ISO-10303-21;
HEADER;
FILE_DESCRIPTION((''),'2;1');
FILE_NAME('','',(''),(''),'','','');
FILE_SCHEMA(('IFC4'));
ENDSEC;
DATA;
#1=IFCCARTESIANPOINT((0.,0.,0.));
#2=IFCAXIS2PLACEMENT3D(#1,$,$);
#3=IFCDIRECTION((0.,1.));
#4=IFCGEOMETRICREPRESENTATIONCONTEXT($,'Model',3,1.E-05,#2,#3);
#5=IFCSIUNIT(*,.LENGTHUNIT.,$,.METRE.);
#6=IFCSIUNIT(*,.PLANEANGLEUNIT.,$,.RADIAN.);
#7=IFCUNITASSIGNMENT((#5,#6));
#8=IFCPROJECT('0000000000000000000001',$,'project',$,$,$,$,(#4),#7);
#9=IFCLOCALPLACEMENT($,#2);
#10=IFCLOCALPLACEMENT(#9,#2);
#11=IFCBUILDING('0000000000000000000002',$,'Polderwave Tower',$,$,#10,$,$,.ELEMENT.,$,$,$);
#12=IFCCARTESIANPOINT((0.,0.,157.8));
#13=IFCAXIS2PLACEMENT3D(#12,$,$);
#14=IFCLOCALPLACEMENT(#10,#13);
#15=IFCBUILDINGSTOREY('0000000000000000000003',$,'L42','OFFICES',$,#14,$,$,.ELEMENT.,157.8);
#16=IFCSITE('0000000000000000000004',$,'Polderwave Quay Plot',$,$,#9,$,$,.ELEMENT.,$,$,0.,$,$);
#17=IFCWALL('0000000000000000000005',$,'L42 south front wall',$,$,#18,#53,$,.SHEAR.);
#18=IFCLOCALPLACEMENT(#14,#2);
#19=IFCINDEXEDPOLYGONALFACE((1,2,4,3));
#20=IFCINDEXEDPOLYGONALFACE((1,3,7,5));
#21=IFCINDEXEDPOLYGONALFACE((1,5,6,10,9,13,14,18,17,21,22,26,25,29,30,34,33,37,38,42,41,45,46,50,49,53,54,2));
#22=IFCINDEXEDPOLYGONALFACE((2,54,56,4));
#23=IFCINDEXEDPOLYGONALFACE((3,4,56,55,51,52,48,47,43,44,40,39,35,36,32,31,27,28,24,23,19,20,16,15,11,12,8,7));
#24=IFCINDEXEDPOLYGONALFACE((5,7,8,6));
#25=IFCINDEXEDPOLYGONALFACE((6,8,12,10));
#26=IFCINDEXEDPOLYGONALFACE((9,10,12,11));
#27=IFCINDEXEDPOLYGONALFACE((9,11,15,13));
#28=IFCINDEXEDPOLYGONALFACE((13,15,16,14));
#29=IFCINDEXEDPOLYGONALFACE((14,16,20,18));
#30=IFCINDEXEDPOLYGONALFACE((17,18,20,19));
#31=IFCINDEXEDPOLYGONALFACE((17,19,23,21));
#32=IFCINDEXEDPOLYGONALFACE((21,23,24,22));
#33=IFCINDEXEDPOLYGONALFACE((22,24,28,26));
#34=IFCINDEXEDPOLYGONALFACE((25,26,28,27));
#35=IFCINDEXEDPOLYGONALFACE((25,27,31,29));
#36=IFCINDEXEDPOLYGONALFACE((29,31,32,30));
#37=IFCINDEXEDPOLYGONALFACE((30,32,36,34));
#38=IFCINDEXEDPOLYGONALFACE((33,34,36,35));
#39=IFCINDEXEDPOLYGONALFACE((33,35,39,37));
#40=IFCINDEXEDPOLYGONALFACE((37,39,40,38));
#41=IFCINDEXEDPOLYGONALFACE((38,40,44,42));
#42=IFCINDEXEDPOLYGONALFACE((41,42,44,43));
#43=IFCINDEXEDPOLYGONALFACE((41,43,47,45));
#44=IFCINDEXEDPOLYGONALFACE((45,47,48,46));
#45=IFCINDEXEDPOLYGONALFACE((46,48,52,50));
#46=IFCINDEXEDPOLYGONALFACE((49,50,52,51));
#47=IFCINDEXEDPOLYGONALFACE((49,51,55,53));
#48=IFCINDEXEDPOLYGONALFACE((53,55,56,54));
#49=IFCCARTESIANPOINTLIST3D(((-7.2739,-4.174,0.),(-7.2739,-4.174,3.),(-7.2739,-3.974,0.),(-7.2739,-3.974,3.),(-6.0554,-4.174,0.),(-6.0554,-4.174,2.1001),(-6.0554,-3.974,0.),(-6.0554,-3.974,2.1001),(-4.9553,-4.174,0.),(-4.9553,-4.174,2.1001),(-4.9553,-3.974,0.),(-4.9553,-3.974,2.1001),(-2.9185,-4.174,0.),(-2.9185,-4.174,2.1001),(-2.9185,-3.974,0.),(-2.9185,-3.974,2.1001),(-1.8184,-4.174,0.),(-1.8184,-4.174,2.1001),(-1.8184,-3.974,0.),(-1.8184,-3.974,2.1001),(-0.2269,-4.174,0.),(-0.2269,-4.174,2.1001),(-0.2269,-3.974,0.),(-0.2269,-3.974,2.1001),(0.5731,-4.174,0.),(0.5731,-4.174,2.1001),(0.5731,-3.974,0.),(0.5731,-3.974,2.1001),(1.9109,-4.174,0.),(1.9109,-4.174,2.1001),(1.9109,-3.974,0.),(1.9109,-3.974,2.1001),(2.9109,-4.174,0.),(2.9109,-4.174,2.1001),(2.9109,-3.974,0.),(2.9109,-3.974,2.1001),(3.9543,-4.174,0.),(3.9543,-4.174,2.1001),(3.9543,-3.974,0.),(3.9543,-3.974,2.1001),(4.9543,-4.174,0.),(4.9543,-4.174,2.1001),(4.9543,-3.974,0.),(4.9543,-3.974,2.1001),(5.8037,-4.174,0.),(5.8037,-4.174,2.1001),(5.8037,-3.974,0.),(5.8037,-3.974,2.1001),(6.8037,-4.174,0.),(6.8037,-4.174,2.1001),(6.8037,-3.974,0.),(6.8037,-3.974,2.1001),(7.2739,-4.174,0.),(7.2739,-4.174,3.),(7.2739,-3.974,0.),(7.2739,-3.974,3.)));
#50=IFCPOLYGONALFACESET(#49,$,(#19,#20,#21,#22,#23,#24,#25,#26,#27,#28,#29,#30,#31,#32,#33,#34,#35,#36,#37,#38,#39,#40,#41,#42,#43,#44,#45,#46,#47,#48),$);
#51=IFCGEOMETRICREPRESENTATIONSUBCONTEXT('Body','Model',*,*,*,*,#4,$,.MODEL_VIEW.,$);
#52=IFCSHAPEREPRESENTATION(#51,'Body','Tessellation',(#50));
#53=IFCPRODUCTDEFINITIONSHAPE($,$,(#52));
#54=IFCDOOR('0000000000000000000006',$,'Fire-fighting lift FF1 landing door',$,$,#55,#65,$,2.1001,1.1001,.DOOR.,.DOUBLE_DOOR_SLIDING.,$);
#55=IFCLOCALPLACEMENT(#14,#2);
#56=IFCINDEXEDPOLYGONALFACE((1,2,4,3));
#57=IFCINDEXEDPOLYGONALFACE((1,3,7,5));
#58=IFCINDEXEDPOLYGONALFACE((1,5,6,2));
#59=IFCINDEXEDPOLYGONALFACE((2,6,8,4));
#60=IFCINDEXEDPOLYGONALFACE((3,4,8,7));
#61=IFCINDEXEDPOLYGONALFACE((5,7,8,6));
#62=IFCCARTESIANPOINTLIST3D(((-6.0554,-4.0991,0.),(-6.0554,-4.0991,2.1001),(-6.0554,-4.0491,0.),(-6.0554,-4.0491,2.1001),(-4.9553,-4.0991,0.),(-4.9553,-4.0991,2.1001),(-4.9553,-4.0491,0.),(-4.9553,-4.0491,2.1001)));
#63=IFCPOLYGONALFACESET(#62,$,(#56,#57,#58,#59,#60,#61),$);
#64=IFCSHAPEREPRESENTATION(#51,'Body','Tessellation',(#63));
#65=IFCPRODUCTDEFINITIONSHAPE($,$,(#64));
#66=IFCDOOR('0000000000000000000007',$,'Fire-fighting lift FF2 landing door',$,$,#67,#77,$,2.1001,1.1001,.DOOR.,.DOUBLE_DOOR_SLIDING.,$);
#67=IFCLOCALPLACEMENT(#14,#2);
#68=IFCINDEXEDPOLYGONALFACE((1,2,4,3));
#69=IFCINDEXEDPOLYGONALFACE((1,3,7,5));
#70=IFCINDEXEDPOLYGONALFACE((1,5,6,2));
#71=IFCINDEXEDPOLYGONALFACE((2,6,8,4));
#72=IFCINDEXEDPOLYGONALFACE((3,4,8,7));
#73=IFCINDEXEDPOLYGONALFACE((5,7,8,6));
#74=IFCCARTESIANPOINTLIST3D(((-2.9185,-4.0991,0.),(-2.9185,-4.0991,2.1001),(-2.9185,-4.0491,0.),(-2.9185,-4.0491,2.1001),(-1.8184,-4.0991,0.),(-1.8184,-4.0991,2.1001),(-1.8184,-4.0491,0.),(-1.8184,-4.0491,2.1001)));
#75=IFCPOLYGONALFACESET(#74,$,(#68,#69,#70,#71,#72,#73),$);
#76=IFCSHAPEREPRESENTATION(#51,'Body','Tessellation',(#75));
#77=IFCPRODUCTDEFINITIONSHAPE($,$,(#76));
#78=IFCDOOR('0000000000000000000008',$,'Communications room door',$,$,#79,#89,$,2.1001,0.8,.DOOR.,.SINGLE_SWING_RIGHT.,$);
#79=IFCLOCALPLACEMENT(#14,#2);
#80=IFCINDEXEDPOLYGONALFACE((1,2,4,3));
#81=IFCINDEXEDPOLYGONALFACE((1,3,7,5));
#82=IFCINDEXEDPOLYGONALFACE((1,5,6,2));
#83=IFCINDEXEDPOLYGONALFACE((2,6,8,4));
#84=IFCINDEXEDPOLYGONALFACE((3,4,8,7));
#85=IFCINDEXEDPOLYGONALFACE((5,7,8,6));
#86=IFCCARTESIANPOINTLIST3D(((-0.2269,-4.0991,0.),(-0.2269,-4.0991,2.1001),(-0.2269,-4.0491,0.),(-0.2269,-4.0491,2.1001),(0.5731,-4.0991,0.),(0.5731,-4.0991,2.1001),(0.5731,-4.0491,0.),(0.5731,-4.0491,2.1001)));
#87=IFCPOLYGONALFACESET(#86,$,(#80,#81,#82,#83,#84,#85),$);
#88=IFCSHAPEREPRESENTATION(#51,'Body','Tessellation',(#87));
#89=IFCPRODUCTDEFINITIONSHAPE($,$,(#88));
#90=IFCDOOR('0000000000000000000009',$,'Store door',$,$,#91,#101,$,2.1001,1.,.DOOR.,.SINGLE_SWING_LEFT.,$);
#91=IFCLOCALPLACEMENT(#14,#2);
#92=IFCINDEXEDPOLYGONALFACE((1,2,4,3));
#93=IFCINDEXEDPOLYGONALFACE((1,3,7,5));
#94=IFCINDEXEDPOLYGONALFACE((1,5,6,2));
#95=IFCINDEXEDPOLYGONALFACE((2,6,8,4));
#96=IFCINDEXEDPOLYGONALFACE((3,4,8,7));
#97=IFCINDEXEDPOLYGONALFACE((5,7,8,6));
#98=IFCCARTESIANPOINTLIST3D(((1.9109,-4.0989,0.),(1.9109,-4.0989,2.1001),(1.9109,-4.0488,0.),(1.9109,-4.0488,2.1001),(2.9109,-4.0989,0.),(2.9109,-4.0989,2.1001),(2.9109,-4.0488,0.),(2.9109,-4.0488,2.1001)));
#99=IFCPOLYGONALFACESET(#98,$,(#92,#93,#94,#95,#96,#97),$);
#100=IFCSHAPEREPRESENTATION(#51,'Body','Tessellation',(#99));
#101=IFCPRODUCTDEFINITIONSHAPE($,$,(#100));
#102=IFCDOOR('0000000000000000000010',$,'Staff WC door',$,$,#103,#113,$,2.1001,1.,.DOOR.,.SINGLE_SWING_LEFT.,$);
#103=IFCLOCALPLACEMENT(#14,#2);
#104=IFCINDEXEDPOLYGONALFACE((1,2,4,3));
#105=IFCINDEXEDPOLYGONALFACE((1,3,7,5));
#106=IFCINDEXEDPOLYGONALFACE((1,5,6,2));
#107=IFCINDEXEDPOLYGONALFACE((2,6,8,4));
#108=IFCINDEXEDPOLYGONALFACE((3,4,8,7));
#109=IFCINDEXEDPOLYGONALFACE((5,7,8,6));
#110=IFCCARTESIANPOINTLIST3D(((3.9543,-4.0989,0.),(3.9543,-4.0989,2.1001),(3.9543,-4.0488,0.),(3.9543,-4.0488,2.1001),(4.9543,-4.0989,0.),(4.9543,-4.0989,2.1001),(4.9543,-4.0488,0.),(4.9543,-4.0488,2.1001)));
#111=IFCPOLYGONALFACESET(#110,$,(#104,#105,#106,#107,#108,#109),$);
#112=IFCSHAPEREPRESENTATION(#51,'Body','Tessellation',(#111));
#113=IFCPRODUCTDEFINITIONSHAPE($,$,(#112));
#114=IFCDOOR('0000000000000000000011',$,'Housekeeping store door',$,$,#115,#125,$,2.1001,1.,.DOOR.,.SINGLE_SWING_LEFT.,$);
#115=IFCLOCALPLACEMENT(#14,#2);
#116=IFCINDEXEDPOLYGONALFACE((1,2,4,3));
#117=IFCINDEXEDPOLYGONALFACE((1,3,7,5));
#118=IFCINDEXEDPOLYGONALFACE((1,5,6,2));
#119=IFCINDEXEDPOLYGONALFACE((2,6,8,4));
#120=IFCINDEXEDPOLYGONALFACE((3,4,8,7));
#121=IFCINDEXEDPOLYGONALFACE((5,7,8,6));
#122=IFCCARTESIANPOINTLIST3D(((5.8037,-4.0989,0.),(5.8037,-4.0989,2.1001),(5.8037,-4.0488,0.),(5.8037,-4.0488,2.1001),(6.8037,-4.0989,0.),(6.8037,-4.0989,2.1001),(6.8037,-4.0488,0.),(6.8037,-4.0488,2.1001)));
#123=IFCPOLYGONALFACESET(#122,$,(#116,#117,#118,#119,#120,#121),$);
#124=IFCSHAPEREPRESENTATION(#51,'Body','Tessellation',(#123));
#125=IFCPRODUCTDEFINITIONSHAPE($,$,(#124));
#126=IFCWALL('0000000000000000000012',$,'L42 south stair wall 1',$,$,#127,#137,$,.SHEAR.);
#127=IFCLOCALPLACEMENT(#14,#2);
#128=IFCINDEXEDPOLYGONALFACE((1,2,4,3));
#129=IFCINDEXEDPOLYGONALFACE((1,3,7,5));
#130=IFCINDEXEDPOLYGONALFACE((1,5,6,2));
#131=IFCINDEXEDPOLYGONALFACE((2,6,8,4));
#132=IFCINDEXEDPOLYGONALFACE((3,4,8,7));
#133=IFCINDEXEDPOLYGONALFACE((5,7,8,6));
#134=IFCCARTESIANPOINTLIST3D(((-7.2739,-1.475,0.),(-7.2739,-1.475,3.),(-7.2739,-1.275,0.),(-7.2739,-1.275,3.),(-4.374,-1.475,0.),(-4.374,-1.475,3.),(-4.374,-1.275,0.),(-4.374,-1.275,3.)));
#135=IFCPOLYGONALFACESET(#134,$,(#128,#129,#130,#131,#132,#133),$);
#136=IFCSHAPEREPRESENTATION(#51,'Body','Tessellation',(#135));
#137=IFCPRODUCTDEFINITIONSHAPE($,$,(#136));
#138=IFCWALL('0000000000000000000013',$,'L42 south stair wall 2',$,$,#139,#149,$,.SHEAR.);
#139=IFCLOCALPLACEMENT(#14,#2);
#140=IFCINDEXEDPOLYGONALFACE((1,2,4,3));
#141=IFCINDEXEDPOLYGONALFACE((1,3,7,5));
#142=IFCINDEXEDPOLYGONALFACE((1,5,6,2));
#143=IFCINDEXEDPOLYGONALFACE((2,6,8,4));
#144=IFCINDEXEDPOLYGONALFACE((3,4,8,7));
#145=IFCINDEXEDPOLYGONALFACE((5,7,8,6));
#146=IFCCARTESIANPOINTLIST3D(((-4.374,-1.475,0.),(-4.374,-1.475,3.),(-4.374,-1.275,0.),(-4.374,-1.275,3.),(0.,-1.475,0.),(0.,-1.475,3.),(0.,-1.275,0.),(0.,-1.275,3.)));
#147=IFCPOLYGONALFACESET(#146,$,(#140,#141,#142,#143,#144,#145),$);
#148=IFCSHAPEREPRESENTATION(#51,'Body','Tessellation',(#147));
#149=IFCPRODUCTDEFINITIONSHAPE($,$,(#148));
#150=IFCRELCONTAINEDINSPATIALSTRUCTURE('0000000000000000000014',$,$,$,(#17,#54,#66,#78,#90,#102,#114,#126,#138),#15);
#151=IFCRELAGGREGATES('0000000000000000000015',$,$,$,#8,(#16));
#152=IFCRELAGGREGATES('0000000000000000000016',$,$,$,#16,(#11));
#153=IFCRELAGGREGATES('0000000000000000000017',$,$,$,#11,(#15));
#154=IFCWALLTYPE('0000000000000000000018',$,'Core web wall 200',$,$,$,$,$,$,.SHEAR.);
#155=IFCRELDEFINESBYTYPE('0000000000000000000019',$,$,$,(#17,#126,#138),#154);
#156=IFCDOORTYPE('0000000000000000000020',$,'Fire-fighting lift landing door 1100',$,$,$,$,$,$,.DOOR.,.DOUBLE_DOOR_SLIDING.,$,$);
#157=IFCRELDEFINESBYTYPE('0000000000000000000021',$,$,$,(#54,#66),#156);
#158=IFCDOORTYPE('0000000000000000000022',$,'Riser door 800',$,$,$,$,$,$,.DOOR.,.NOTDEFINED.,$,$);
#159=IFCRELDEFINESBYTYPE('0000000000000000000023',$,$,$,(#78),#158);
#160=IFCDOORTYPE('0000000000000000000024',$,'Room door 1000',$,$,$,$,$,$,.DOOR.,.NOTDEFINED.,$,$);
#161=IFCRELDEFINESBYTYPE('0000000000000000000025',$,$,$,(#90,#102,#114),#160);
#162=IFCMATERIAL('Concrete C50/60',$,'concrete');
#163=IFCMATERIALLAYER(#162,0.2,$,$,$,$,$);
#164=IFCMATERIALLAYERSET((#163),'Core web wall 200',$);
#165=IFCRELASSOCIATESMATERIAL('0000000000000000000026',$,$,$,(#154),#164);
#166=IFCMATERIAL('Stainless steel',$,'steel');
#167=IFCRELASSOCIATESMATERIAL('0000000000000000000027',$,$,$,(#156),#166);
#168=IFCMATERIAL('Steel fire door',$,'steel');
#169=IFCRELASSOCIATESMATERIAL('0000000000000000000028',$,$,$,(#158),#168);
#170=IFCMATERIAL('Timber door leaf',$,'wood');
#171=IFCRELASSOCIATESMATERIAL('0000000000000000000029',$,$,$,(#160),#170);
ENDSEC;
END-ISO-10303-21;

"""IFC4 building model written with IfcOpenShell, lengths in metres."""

from ifc_helpers import new_model, si_unit, direction, frame, frame_2d, origin, place, context, subcontext, project, spatial, rectangle, extrude, material, layer, layer_set, type_object, element, fill, save


model = new_model("IFC4")

# Units and contexts
model_context = context("Model", 3, precision=1e-05, world=origin(), true_north=direction((0.0, 1.0)))
body_context = subcontext(model_context, "Body", "Model", "MODEL_VIEW")
ifc_project = project(units=[si_unit("LENGTHUNIT", "METRE"), si_unit("PLANEANGLEUNIT", "RADIAN")], contexts=[model_context])

# Site, building, storey
site_placement = place(None, origin())
site = spatial("IfcSite", under=ifc_project, at=site_placement, Name="Polderwave Quay Plot", CompositionType="ELEMENT", RefElevation=0.0)
building_placement = place(site_placement, origin())
building = spatial("IfcBuilding", under=site, at=building_placement, Name="Polderwave Tower", CompositionType="ELEMENT")
storey_placement = place(building_placement, frame((0.0, 0.0, 157.8)))
storey = spatial("IfcBuildingStorey", under=building, at=storey_placement, Name="L42", Description="OFFICES", CompositionType="ELEMENT", Elevation=157.8)

# Wall, openings, doors
ifc_material_1 = material(Name="Steel fire door", Category="steel")
ifc_material_2 = material(Name="Concrete C50/60", Category="concrete")
ifc_layer_1 = layer(ifc_material_2, 0.2)
ifc_layer_set_1 = layer_set([ifc_layer_1], Name="Core web wall 200")
wall_type_1 = type_object("IfcWallType", Name="Core web wall 200", PredefinedType="SHEAR", material=ifc_layer_set_1)
wall_1_placement = place(storey_placement, frame((-7.2739, -4.074, 0.0), z_axis=(0.0, 0.0, 1.0), x_axis=(1.0, 0.0, 0.0)))
wall_1 = element("IfcWall", 1, at=wall_1_placement, inside=storey, type_object=wall_type_1, Name="L42 south front wall", PredefinedType="SHEAR", context=body_context, shape_type="SweptSolid", body=[
    extrude(rectangle(XDim=14.5479, YDim=0.2, at=frame_2d((7.2739, 0.0))), origin(), (0.0, 0.0, 1.0), 3.0),
])
opening_1_placement = place(wall_1_placement, frame((1.2185, 0.0, 0.0)))
opening_1 = element("IfcOpeningElement", 2, at=opening_1_placement, cuts=wall_1, PredefinedType="OPENING", context=body_context, shape_type="SweptSolid", body=[
    extrude(rectangle(XDim=1.1001, YDim=2.1001, at=frame_2d((0.55, 1.05))), frame((0.0, 0.1099, 0.0), z_axis=(0.0, -1.0, 0.0), x_axis=(1.0, 0.0, 0.0)), (0.0, 0.0, 1.0), 0.22),
])
opening_2_placement = place(wall_1_placement, frame((4.3555, 0.0, 0.0)))
opening_2 = element("IfcOpeningElement", 3, at=opening_2_placement, cuts=wall_1, PredefinedType="OPENING", context=body_context, shape_type="SweptSolid", body=[
    extrude(rectangle(XDim=1.1001, YDim=2.1001, at=frame_2d((0.55, 1.05))), frame((0.0, 0.1099, 0.0), z_axis=(0.0, -1.0, 0.0), x_axis=(1.0, 0.0, 0.0)), (0.0, 0.0, 1.0), 0.22),
])
opening_3_placement = place(wall_1_placement, frame((7.0471, 0.0, 0.0)))
opening_3 = element("IfcOpeningElement", 4, at=opening_3_placement, cuts=wall_1, PredefinedType="OPENING", context=body_context, shape_type="SweptSolid", body=[
    extrude(rectangle(XDim=0.8, YDim=2.1001, at=frame_2d((0.3999, 1.05))), frame((0.0, 0.1099, 0.0), z_axis=(0.0, -1.0, 0.0), x_axis=(1.0, 0.0, 0.0)), (0.0, 0.0, 1.0), 0.22),
])
opening_4_placement = place(wall_1_placement, frame((9.1848, 0.0, 0.0)))
opening_4 = element("IfcOpeningElement", 5, at=opening_4_placement, cuts=wall_1, PredefinedType="OPENING", context=body_context, shape_type="SweptSolid", body=[
    extrude(rectangle(XDim=1.0, YDim=2.1001, at=frame_2d((0.5, 1.05))), frame((0.0, 0.1099, 0.0), z_axis=(0.0, -1.0, 0.0), x_axis=(1.0, 0.0, 0.0)), (0.0, 0.0, 1.0), 0.22),
])
opening_5_placement = place(wall_1_placement, frame((11.2283, 0.0, 0.0)))
opening_5 = element("IfcOpeningElement", 6, at=opening_5_placement, cuts=wall_1, PredefinedType="OPENING", context=body_context, shape_type="SweptSolid", body=[
    extrude(rectangle(XDim=1.0, YDim=2.1001, at=frame_2d((0.5, 1.05))), frame((0.0, 0.1099, 0.0), z_axis=(0.0, -1.0, 0.0), x_axis=(1.0, 0.0, 0.0)), (0.0, 0.0, 1.0), 0.22),
])
opening_6_placement = place(wall_1_placement, frame((13.0776, 0.0, 0.0)))
opening_6 = element("IfcOpeningElement", 7, at=opening_6_placement, cuts=wall_1, PredefinedType="OPENING", context=body_context, shape_type="SweptSolid", body=[
    extrude(rectangle(XDim=1.0, YDim=2.1001, at=frame_2d((0.5, 1.05))), frame((0.0, 0.1099, 0.0), z_axis=(0.0, -1.0, 0.0), x_axis=(1.0, 0.0, 0.0)), (0.0, 0.0, 1.0), 0.22),
])
ifc_material_3 = material(Name="Stainless steel", Category="steel")
door_type_1 = type_object("IfcDoorType", Name="Fire-fighting lift landing door 1100", OperationType="DOUBLE_DOOR_SLIDING", PredefinedType="DOOR", material=ifc_material_3)
door_1_placement = place(opening_1_placement, origin())
door_1 = element("IfcDoor", 8, at=door_1_placement, inside=storey, type_object=door_type_1, Name="Fire-fighting lift FF1 landing door", OperationType="DOUBLE_DOOR_SLIDING", OverallHeight=2.1001, OverallWidth=1.1001, PredefinedType="DOOR", context=body_context, shape_type="SweptSolid", body=[
    extrude(rectangle(XDim=1.1001, YDim=2.1001, at=frame_2d((0.55, 1.05))), frame((0.0, 0.0249, 0.0), z_axis=(0.0, -1.0, 0.0), x_axis=(1.0, 0.0, 0.0)), (0.0, 0.0, 1.0), 0.05),
])
fill(opening_1, door_1)
door_2_placement = place(opening_2_placement, origin())
door_2 = element("IfcDoor", 9, at=door_2_placement, inside=storey, type_object=door_type_1, Name="Fire-fighting lift FF2 landing door", OperationType="DOUBLE_DOOR_SLIDING", OverallHeight=2.1001, OverallWidth=1.1001, PredefinedType="DOOR", context=body_context, shape_type="SweptSolid", body=[
    extrude(rectangle(XDim=1.1001, YDim=2.1001, at=frame_2d((0.55, 1.05))), frame((0.0, 0.0249, 0.0), z_axis=(0.0, -1.0, 0.0), x_axis=(1.0, 0.0, 0.0)), (0.0, 0.0, 1.0), 0.05),
])
fill(opening_2, door_2)
door_type_2 = type_object("IfcDoorType", Name="Riser door 800", OperationType="NOTDEFINED", PredefinedType="DOOR", material=ifc_material_1)
door_3_placement = place(opening_3_placement, origin())
door_3 = element("IfcDoor", 10, at=door_3_placement, inside=storey, type_object=door_type_2, Name="Communications room door", OperationType="SINGLE_SWING_RIGHT", OverallHeight=2.1001, OverallWidth=0.8, PredefinedType="DOOR", context=body_context, shape_type="SweptSolid", body=[
    extrude(rectangle(XDim=0.8, YDim=2.1001, at=frame_2d((0.3999, 1.05))), frame((0.0, 0.0249, 0.0), z_axis=(0.0, -1.0, 0.0), x_axis=(1.0, 0.0, 0.0)), (0.0, 0.0, 1.0), 0.05),
])
fill(opening_3, door_3)
ifc_material_4 = material(Name="Timber door leaf", Category="wood")
door_type_3 = type_object("IfcDoorType", Name="Room door 1000", OperationType="NOTDEFINED", PredefinedType="DOOR", material=ifc_material_4)
door_4_placement = place(opening_4_placement, frame((1.0, 0.0, 0.0), z_axis=(0.0, 0.0, 1.0), x_axis=(-1.0, 0.0, 0.0)))
door_4 = element("IfcDoor", 11, at=door_4_placement, inside=storey, type_object=door_type_3, Name="Store door", OperationType="SINGLE_SWING_LEFT", OverallHeight=2.1001, OverallWidth=1.0, PredefinedType="DOOR", context=body_context, shape_type="SweptSolid", body=[
    extrude(rectangle(XDim=1.0, YDim=2.1001, at=frame_2d((0.5, 1.05))), frame((0.0, 0.0249, 0.0), z_axis=(0.0, -1.0, 0.0), x_axis=(1.0, 0.0, 0.0)), (0.0, 0.0, 1.0), 0.05),
])
fill(opening_4, door_4)
door_5_placement = place(opening_5_placement, frame((1.0, 0.0, 0.0), z_axis=(0.0, 0.0, 1.0), x_axis=(-1.0, 0.0, 0.0)))
door_5 = element("IfcDoor", 12, at=door_5_placement, inside=storey, type_object=door_type_3, Name="Staff WC door", OperationType="SINGLE_SWING_LEFT", OverallHeight=2.1001, OverallWidth=1.0, PredefinedType="DOOR", context=body_context, shape_type="SweptSolid", body=[
    extrude(rectangle(XDim=1.0, YDim=2.1001, at=frame_2d((0.5, 1.05))), frame((0.0, 0.0249, 0.0), z_axis=(0.0, -1.0, 0.0), x_axis=(1.0, 0.0, 0.0)), (0.0, 0.0, 1.0), 0.05),
])
fill(opening_5, door_5)
door_6_placement = place(opening_6_placement, frame((1.0, 0.0, 0.0), z_axis=(0.0, 0.0, 1.0), x_axis=(-1.0, 0.0, 0.0)))
door_6 = element("IfcDoor", 13, at=door_6_placement, inside=storey, type_object=door_type_3, Name="Housekeeping store door", OperationType="SINGLE_SWING_LEFT", OverallHeight=2.1001, OverallWidth=1.0, PredefinedType="DOOR", context=body_context, shape_type="SweptSolid", body=[
    extrude(rectangle(XDim=1.0, YDim=2.1001, at=frame_2d((0.5, 1.05))), frame((0.0, 0.0249, 0.0), z_axis=(0.0, -1.0, 0.0), x_axis=(1.0, 0.0, 0.0)), (0.0, 0.0, 1.0), 0.05),
])
fill(opening_6, door_6)

# Walls
wall_2_placement = place(storey_placement, frame((-7.2739, -1.375, 0.0), z_axis=(0.0, 0.0, 1.0), x_axis=(1.0, 0.0, 0.0)))
element("IfcWall", 14, at=wall_2_placement, inside=storey, type_object=wall_type_1, Name="L42 south stair wall 1", PredefinedType="SHEAR", context=body_context, shape_type="SweptSolid", body=[
    extrude(rectangle(XDim=2.8999, YDim=0.2, at=frame_2d((1.45, 0.0))), origin(), (0.0, 0.0, 1.0), 3.0),
])
wall_3_placement = place(storey_placement, frame((-4.374, -1.375, 0.0), z_axis=(0.0, 0.0, 1.0), x_axis=(1.0, 0.0, 0.0)))
element("IfcWall", 15, at=wall_3_placement, inside=storey, type_object=wall_type_1, Name="L42 south stair wall 2", PredefinedType="SHEAR", context=body_context, shape_type="SweptSolid", body=[
    extrude(rectangle(XDim=4.374, YDim=0.2, at=frame_2d((2.187, 0.0))), origin(), (0.0, 0.0, 1.0), 3.0),
])

save(model, "model.ifc")
